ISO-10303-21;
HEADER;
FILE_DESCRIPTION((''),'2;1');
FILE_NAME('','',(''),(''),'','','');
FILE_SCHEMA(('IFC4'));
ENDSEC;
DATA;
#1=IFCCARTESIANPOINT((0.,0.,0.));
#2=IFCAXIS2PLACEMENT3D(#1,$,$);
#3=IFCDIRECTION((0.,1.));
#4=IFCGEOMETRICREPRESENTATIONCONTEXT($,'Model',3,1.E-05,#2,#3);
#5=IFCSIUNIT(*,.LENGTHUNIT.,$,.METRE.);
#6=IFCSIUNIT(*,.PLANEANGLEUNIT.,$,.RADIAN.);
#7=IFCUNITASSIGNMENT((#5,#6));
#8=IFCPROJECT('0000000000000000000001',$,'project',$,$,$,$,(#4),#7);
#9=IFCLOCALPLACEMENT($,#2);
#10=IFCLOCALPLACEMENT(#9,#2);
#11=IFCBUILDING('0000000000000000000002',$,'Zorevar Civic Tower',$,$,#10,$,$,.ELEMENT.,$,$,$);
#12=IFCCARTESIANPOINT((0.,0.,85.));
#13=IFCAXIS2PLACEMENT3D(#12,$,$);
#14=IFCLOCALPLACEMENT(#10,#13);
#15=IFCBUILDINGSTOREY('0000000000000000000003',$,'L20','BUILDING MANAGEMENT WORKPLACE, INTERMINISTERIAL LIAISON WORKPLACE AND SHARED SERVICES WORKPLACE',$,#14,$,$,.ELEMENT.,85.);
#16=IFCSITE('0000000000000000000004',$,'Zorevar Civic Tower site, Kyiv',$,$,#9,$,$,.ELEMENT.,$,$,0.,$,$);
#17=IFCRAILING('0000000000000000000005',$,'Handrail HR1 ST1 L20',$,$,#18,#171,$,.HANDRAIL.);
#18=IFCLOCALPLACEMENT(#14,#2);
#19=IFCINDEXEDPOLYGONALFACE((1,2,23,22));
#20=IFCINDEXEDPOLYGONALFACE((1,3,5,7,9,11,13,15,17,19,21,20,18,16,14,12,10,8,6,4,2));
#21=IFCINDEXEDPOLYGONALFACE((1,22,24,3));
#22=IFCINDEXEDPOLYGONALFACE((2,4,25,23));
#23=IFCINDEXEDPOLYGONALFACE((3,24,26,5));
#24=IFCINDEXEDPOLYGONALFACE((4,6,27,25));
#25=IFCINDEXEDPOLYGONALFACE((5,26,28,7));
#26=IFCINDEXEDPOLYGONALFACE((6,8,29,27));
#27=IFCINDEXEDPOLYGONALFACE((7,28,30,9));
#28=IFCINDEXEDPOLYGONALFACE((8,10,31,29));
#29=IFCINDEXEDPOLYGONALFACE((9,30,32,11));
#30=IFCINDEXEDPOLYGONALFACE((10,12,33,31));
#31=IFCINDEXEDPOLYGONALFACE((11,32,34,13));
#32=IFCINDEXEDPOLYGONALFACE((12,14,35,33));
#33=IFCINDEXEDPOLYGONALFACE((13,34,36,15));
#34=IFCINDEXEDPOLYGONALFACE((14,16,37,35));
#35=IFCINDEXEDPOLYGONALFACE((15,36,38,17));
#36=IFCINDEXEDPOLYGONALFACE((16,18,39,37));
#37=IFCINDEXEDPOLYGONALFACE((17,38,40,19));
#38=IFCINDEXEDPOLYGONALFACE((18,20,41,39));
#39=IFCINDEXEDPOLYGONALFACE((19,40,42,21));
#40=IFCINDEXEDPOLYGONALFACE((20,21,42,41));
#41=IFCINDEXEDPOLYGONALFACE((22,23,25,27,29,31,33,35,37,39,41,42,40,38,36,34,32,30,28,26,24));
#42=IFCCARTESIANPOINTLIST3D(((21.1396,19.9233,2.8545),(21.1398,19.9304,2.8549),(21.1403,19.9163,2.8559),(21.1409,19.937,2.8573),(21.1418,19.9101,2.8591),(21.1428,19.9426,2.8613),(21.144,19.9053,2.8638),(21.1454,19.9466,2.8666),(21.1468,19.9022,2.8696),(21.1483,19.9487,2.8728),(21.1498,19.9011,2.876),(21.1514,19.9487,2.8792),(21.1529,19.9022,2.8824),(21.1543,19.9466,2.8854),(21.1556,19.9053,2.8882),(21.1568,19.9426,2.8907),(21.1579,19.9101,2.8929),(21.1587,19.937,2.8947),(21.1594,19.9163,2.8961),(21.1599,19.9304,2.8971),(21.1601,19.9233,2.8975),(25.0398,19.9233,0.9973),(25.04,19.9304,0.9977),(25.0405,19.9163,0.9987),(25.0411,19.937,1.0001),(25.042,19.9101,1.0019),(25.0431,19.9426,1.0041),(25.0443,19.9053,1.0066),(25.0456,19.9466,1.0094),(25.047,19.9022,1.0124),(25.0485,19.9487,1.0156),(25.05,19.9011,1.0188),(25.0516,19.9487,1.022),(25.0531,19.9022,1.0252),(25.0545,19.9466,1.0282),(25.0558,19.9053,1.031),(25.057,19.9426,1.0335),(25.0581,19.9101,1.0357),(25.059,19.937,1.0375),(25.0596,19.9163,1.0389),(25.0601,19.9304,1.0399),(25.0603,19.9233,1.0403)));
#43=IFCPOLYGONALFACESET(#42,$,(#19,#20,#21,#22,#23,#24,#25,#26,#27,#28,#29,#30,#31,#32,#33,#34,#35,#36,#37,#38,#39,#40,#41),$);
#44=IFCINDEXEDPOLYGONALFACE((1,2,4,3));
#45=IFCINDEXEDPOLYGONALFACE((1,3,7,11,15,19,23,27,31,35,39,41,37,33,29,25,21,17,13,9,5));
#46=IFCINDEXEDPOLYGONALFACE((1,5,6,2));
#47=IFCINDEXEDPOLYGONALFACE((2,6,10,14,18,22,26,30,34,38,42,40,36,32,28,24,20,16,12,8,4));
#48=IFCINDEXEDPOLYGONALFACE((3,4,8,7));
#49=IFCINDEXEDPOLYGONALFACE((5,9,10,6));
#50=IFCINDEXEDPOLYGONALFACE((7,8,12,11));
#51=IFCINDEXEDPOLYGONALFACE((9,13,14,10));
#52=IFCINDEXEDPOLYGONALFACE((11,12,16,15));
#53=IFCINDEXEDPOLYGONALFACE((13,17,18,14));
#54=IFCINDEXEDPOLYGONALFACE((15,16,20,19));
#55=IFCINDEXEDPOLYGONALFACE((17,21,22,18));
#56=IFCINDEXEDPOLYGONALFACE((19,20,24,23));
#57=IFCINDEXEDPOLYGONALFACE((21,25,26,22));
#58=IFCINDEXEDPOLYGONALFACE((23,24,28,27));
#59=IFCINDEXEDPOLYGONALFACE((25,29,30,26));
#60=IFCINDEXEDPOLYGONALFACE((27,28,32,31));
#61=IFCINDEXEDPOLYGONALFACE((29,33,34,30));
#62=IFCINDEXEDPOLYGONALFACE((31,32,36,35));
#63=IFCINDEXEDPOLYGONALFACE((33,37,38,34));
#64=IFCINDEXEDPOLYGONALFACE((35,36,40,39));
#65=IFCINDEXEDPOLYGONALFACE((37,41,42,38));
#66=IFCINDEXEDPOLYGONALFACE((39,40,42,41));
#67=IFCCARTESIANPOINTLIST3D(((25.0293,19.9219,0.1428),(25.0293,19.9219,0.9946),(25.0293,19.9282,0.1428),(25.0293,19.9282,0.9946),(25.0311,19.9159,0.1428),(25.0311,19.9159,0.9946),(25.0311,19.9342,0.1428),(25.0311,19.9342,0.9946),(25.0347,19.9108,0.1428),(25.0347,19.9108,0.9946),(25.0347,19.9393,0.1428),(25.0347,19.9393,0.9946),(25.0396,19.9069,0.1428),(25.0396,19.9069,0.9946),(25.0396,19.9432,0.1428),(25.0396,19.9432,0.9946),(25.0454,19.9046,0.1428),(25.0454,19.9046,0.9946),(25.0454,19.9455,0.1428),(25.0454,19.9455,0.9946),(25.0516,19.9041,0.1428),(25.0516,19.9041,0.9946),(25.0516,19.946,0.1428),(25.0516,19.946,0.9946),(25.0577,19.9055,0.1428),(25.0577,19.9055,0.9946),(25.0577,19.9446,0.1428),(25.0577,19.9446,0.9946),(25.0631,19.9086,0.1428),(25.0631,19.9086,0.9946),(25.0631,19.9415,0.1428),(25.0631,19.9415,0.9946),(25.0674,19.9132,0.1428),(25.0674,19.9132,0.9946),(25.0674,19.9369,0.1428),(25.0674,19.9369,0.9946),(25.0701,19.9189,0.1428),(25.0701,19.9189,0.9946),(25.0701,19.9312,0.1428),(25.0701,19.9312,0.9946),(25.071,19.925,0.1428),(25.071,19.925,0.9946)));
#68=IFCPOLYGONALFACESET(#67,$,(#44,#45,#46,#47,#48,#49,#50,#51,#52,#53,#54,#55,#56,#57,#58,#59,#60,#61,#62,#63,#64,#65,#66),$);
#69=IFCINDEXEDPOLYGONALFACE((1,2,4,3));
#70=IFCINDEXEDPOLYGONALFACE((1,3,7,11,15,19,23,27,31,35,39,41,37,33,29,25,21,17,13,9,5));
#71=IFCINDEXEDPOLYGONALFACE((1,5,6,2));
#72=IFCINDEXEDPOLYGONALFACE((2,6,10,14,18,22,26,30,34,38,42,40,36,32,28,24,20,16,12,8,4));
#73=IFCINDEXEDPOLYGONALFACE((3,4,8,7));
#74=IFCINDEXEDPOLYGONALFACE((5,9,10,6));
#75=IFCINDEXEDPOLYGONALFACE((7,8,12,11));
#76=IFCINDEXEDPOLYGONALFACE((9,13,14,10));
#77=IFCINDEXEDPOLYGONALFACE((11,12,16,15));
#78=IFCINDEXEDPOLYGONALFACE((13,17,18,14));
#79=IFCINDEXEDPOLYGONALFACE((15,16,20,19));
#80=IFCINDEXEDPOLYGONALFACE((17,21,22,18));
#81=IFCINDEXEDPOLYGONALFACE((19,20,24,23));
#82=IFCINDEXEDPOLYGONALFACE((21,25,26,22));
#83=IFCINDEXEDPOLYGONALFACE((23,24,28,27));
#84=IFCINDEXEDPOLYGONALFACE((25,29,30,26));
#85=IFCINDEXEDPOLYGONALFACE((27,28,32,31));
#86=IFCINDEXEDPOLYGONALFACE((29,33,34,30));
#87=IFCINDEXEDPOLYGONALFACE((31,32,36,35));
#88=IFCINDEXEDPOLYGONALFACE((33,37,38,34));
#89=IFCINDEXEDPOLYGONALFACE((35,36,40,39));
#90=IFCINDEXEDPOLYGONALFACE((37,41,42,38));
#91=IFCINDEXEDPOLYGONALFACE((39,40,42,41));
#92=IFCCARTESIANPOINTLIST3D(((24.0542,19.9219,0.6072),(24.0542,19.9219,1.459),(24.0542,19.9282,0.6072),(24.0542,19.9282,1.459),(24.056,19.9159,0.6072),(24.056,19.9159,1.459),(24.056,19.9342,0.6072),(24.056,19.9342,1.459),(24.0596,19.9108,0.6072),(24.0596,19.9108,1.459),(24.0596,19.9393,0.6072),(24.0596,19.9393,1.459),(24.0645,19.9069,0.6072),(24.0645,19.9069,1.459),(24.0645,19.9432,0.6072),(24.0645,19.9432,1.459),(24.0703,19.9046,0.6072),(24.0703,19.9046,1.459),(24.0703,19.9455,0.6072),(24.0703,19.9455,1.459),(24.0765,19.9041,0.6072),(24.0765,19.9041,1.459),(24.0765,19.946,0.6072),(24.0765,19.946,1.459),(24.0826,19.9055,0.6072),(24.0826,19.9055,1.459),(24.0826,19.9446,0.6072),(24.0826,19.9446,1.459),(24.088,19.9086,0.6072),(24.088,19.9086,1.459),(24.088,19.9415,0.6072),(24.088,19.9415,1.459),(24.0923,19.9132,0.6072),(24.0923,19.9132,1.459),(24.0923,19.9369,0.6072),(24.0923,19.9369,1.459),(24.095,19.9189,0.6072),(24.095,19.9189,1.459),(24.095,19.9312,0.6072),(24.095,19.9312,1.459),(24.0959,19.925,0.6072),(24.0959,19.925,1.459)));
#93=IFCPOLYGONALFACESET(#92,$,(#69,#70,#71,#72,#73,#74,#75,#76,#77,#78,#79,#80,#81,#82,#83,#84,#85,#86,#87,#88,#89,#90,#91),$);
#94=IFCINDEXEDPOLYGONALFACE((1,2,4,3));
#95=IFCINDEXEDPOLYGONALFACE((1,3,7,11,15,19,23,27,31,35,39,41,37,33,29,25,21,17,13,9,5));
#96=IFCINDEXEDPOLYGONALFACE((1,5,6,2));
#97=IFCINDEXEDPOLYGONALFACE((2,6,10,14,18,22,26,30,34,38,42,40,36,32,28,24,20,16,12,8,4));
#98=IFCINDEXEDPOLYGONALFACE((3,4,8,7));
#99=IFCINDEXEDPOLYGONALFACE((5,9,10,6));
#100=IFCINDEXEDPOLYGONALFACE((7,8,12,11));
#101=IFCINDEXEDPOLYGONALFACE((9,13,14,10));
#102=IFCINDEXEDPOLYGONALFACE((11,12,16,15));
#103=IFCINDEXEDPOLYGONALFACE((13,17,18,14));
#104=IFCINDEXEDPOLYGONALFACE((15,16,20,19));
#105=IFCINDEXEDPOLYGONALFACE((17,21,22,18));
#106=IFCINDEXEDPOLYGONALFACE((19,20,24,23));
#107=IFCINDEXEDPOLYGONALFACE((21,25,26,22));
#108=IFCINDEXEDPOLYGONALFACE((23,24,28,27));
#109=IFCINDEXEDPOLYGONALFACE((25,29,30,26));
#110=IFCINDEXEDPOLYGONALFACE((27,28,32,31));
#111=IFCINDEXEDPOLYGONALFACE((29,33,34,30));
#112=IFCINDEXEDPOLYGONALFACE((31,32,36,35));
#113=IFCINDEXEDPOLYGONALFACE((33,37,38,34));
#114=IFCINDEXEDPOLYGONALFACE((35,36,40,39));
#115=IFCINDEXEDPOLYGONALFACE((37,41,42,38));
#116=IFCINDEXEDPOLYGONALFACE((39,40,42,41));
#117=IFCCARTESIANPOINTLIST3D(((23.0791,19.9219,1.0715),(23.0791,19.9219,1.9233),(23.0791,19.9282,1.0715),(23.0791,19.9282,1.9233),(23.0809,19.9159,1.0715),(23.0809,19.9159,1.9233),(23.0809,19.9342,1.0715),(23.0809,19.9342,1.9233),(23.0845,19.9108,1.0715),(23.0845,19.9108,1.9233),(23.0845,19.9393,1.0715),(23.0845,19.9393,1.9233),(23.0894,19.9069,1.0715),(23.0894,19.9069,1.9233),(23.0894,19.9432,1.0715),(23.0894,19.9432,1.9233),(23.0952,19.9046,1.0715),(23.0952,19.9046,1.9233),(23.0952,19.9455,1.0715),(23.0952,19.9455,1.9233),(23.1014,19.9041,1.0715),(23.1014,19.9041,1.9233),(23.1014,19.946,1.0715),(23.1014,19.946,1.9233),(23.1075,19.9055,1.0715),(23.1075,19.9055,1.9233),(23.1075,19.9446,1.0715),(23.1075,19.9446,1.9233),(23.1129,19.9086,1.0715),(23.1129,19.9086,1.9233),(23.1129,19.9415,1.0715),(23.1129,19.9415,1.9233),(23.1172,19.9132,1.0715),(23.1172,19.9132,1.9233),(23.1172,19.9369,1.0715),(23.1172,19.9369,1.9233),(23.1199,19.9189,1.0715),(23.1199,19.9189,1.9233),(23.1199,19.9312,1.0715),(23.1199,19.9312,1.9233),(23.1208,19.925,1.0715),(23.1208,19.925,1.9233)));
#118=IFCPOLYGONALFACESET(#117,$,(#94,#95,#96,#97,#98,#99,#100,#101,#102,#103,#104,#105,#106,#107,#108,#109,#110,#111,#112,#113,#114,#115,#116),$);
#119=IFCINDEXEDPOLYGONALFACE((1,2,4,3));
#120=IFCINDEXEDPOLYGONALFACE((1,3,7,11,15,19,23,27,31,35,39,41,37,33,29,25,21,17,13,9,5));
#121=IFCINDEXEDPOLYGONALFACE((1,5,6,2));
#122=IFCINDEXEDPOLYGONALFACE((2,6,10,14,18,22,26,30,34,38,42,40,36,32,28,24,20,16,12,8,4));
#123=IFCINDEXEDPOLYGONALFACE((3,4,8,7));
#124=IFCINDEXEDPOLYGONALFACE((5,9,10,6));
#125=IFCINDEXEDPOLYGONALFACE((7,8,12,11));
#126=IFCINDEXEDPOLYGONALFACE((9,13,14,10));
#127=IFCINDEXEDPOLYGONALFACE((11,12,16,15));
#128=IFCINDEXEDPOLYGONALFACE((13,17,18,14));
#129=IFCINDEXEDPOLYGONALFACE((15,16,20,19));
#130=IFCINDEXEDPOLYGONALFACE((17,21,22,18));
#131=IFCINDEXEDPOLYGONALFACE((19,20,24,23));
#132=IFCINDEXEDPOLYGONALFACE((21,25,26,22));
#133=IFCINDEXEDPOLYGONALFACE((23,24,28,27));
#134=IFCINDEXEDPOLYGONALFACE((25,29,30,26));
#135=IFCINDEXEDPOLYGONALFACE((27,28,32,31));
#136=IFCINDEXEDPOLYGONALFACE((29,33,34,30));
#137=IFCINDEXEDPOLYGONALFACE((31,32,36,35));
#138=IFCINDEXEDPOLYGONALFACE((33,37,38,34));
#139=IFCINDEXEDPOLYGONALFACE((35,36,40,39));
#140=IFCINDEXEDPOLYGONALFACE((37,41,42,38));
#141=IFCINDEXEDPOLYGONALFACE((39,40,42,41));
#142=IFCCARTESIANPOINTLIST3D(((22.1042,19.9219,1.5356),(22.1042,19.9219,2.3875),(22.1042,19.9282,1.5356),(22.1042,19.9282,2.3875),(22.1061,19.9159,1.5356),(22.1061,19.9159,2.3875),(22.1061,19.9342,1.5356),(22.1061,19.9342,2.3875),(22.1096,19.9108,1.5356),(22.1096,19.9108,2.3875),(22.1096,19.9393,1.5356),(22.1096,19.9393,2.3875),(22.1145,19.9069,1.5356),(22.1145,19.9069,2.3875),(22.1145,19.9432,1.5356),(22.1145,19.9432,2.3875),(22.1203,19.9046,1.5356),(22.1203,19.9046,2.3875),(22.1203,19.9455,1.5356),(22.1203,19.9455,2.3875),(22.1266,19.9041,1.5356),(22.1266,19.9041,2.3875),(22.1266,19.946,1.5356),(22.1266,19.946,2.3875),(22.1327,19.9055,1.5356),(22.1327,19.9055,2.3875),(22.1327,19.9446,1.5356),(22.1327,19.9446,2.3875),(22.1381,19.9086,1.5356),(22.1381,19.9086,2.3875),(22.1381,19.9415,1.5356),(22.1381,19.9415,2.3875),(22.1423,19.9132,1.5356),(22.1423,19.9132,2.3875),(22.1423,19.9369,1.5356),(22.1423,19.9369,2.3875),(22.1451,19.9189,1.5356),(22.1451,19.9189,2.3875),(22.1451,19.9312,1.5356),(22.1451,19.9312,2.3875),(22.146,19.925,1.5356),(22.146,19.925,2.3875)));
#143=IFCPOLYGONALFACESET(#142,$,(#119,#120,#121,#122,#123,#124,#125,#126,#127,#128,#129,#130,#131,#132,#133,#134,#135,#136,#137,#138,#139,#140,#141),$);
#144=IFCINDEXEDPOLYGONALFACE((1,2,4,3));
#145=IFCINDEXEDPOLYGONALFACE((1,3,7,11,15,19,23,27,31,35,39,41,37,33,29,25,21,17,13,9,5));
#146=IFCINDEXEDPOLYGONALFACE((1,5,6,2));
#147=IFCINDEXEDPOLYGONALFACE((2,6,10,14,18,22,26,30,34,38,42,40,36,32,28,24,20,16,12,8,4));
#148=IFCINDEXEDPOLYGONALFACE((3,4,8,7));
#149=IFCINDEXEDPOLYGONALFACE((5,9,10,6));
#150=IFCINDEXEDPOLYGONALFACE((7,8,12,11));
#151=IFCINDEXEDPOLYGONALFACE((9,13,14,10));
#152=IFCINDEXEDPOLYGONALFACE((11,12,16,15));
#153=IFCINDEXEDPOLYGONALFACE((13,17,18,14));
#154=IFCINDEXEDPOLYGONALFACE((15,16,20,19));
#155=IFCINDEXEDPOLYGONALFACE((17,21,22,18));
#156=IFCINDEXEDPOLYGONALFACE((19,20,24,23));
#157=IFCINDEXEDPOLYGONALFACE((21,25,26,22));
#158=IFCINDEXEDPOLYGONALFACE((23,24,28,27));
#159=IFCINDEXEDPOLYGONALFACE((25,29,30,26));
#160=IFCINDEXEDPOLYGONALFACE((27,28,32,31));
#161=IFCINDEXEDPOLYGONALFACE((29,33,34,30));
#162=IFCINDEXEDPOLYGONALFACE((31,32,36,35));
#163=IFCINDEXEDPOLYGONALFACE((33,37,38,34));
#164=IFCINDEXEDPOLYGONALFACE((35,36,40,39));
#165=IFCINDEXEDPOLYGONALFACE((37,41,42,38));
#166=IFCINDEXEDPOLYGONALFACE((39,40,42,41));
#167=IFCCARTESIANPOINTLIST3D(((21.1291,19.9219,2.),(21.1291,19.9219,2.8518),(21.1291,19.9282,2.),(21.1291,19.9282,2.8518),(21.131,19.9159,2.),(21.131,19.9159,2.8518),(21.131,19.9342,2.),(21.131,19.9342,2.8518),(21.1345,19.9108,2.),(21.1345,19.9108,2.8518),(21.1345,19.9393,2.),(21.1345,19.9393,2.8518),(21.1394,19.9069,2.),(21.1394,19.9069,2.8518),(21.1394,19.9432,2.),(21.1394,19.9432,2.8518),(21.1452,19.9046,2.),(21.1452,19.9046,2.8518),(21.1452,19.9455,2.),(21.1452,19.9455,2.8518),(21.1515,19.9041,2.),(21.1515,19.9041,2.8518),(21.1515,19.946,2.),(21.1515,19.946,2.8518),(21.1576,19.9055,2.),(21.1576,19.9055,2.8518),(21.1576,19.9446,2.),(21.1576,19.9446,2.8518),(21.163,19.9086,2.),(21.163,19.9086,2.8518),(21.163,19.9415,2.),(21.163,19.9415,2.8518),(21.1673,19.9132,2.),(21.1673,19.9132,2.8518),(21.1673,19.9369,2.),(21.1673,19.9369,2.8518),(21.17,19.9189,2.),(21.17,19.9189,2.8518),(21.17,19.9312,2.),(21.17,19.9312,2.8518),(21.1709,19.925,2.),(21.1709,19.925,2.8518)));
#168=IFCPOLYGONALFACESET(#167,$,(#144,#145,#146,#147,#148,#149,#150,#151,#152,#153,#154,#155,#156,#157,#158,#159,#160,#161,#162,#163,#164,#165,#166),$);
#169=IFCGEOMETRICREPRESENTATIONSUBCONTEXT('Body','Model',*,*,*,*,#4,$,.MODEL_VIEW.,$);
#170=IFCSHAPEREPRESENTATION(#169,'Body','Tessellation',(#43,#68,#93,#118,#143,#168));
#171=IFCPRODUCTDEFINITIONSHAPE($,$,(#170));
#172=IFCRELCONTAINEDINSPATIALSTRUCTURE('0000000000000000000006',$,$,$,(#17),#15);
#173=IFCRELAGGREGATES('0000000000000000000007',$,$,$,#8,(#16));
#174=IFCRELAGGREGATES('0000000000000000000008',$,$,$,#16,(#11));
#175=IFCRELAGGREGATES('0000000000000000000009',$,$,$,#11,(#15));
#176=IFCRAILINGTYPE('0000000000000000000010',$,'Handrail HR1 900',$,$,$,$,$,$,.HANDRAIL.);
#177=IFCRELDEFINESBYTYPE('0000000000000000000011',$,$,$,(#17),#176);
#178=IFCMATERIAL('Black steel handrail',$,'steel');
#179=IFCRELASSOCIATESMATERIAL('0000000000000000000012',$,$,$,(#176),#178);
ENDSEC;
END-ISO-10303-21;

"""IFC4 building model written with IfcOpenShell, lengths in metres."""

from ifc_helpers import new_model, si_unit, direction, frame, origin, origin_2d, place, context, subcontext, project, spatial, circle, extrude, material, type_object, element, save


model = new_model("IFC4")

# Units and contexts
model_context = context("Model", 3, precision=1e-05, world=origin(), true_north=direction((0.0, 1.0)))
body_context = subcontext(model_context, "Body", "Model", "MODEL_VIEW")
ifc_project = project(units=[si_unit("LENGTHUNIT", "METRE"), si_unit("PLANEANGLEUNIT", "RADIAN")], contexts=[model_context])

# Site, building, storey
site_placement = place(None, origin())
site = spatial("IfcSite", under=ifc_project, at=site_placement, Name="Zorevar Civic Tower site, Kyiv", CompositionType="ELEMENT", RefElevation=0.0)
building_placement = place(site_placement, origin())
building = spatial("IfcBuilding", under=site, at=building_placement, Name="Zorevar Civic Tower", CompositionType="ELEMENT")
storey_placement = place(building_placement, frame((0.0, 0.0, 85.0)))
storey = spatial("IfcBuildingStorey", under=building, at=storey_placement, Name="L20", Description="BUILDING MANAGEMENT WORKPLACE, INTERMINISTERIAL LIAISON WORKPLACE AND SHARED SERVICES WORKPLACE", CompositionType="ELEMENT", Elevation=85.0)

# Railing
ifc_material_1 = material(Name="Black steel handrail", Category="steel")
railing_type = type_object("IfcRailingType", Name="Handrail HR1 900", PredefinedType="HANDRAIL", material=ifc_material_1)
railing_1_placement = place(storey_placement, frame((25.05, 19.925, 0.1428)))
element("IfcRailing", 1, at=railing_1_placement, inside=storey, type_object=railing_type, Name="Handrail HR1 ST1 L20", PredefinedType="HANDRAIL", context=body_context, shape_type="SweptSolid", body=[
    extrude(circle(Radius=0.0239, at=origin_2d()), frame((0.0, 0.0, 0.876), z_axis=(-0.902864, 0.0, 0.429927), x_axis=(0.0, -1.0, 0.0)), (0.0, 0.0, 1.0), 4.3198),
    extrude(circle(Radius=0.021, at=origin_2d()), origin(), (0.0, 0.0, 1.0), 0.8518),
    extrude(circle(Radius=0.021, at=origin_2d()), frame((-0.9751, 0.0, 0.4644)), (0.0, 0.0, 1.0), 0.8518),
    extrude(circle(Radius=0.021, at=origin_2d()), frame((-1.9502, 0.0, 0.9287)), (0.0, 0.0, 1.0), 0.8518),
    extrude(circle(Radius=0.021, at=origin_2d()), frame((-2.925, 0.0, 1.3928)), (0.0, 0.0, 1.0), 0.8518),
    extrude(circle(Radius=0.021, at=origin_2d()), frame((-3.9001, 0.0, 1.8572)), (0.0, 0.0, 1.0), 0.8518),
])

save(model, "model.ifc")
